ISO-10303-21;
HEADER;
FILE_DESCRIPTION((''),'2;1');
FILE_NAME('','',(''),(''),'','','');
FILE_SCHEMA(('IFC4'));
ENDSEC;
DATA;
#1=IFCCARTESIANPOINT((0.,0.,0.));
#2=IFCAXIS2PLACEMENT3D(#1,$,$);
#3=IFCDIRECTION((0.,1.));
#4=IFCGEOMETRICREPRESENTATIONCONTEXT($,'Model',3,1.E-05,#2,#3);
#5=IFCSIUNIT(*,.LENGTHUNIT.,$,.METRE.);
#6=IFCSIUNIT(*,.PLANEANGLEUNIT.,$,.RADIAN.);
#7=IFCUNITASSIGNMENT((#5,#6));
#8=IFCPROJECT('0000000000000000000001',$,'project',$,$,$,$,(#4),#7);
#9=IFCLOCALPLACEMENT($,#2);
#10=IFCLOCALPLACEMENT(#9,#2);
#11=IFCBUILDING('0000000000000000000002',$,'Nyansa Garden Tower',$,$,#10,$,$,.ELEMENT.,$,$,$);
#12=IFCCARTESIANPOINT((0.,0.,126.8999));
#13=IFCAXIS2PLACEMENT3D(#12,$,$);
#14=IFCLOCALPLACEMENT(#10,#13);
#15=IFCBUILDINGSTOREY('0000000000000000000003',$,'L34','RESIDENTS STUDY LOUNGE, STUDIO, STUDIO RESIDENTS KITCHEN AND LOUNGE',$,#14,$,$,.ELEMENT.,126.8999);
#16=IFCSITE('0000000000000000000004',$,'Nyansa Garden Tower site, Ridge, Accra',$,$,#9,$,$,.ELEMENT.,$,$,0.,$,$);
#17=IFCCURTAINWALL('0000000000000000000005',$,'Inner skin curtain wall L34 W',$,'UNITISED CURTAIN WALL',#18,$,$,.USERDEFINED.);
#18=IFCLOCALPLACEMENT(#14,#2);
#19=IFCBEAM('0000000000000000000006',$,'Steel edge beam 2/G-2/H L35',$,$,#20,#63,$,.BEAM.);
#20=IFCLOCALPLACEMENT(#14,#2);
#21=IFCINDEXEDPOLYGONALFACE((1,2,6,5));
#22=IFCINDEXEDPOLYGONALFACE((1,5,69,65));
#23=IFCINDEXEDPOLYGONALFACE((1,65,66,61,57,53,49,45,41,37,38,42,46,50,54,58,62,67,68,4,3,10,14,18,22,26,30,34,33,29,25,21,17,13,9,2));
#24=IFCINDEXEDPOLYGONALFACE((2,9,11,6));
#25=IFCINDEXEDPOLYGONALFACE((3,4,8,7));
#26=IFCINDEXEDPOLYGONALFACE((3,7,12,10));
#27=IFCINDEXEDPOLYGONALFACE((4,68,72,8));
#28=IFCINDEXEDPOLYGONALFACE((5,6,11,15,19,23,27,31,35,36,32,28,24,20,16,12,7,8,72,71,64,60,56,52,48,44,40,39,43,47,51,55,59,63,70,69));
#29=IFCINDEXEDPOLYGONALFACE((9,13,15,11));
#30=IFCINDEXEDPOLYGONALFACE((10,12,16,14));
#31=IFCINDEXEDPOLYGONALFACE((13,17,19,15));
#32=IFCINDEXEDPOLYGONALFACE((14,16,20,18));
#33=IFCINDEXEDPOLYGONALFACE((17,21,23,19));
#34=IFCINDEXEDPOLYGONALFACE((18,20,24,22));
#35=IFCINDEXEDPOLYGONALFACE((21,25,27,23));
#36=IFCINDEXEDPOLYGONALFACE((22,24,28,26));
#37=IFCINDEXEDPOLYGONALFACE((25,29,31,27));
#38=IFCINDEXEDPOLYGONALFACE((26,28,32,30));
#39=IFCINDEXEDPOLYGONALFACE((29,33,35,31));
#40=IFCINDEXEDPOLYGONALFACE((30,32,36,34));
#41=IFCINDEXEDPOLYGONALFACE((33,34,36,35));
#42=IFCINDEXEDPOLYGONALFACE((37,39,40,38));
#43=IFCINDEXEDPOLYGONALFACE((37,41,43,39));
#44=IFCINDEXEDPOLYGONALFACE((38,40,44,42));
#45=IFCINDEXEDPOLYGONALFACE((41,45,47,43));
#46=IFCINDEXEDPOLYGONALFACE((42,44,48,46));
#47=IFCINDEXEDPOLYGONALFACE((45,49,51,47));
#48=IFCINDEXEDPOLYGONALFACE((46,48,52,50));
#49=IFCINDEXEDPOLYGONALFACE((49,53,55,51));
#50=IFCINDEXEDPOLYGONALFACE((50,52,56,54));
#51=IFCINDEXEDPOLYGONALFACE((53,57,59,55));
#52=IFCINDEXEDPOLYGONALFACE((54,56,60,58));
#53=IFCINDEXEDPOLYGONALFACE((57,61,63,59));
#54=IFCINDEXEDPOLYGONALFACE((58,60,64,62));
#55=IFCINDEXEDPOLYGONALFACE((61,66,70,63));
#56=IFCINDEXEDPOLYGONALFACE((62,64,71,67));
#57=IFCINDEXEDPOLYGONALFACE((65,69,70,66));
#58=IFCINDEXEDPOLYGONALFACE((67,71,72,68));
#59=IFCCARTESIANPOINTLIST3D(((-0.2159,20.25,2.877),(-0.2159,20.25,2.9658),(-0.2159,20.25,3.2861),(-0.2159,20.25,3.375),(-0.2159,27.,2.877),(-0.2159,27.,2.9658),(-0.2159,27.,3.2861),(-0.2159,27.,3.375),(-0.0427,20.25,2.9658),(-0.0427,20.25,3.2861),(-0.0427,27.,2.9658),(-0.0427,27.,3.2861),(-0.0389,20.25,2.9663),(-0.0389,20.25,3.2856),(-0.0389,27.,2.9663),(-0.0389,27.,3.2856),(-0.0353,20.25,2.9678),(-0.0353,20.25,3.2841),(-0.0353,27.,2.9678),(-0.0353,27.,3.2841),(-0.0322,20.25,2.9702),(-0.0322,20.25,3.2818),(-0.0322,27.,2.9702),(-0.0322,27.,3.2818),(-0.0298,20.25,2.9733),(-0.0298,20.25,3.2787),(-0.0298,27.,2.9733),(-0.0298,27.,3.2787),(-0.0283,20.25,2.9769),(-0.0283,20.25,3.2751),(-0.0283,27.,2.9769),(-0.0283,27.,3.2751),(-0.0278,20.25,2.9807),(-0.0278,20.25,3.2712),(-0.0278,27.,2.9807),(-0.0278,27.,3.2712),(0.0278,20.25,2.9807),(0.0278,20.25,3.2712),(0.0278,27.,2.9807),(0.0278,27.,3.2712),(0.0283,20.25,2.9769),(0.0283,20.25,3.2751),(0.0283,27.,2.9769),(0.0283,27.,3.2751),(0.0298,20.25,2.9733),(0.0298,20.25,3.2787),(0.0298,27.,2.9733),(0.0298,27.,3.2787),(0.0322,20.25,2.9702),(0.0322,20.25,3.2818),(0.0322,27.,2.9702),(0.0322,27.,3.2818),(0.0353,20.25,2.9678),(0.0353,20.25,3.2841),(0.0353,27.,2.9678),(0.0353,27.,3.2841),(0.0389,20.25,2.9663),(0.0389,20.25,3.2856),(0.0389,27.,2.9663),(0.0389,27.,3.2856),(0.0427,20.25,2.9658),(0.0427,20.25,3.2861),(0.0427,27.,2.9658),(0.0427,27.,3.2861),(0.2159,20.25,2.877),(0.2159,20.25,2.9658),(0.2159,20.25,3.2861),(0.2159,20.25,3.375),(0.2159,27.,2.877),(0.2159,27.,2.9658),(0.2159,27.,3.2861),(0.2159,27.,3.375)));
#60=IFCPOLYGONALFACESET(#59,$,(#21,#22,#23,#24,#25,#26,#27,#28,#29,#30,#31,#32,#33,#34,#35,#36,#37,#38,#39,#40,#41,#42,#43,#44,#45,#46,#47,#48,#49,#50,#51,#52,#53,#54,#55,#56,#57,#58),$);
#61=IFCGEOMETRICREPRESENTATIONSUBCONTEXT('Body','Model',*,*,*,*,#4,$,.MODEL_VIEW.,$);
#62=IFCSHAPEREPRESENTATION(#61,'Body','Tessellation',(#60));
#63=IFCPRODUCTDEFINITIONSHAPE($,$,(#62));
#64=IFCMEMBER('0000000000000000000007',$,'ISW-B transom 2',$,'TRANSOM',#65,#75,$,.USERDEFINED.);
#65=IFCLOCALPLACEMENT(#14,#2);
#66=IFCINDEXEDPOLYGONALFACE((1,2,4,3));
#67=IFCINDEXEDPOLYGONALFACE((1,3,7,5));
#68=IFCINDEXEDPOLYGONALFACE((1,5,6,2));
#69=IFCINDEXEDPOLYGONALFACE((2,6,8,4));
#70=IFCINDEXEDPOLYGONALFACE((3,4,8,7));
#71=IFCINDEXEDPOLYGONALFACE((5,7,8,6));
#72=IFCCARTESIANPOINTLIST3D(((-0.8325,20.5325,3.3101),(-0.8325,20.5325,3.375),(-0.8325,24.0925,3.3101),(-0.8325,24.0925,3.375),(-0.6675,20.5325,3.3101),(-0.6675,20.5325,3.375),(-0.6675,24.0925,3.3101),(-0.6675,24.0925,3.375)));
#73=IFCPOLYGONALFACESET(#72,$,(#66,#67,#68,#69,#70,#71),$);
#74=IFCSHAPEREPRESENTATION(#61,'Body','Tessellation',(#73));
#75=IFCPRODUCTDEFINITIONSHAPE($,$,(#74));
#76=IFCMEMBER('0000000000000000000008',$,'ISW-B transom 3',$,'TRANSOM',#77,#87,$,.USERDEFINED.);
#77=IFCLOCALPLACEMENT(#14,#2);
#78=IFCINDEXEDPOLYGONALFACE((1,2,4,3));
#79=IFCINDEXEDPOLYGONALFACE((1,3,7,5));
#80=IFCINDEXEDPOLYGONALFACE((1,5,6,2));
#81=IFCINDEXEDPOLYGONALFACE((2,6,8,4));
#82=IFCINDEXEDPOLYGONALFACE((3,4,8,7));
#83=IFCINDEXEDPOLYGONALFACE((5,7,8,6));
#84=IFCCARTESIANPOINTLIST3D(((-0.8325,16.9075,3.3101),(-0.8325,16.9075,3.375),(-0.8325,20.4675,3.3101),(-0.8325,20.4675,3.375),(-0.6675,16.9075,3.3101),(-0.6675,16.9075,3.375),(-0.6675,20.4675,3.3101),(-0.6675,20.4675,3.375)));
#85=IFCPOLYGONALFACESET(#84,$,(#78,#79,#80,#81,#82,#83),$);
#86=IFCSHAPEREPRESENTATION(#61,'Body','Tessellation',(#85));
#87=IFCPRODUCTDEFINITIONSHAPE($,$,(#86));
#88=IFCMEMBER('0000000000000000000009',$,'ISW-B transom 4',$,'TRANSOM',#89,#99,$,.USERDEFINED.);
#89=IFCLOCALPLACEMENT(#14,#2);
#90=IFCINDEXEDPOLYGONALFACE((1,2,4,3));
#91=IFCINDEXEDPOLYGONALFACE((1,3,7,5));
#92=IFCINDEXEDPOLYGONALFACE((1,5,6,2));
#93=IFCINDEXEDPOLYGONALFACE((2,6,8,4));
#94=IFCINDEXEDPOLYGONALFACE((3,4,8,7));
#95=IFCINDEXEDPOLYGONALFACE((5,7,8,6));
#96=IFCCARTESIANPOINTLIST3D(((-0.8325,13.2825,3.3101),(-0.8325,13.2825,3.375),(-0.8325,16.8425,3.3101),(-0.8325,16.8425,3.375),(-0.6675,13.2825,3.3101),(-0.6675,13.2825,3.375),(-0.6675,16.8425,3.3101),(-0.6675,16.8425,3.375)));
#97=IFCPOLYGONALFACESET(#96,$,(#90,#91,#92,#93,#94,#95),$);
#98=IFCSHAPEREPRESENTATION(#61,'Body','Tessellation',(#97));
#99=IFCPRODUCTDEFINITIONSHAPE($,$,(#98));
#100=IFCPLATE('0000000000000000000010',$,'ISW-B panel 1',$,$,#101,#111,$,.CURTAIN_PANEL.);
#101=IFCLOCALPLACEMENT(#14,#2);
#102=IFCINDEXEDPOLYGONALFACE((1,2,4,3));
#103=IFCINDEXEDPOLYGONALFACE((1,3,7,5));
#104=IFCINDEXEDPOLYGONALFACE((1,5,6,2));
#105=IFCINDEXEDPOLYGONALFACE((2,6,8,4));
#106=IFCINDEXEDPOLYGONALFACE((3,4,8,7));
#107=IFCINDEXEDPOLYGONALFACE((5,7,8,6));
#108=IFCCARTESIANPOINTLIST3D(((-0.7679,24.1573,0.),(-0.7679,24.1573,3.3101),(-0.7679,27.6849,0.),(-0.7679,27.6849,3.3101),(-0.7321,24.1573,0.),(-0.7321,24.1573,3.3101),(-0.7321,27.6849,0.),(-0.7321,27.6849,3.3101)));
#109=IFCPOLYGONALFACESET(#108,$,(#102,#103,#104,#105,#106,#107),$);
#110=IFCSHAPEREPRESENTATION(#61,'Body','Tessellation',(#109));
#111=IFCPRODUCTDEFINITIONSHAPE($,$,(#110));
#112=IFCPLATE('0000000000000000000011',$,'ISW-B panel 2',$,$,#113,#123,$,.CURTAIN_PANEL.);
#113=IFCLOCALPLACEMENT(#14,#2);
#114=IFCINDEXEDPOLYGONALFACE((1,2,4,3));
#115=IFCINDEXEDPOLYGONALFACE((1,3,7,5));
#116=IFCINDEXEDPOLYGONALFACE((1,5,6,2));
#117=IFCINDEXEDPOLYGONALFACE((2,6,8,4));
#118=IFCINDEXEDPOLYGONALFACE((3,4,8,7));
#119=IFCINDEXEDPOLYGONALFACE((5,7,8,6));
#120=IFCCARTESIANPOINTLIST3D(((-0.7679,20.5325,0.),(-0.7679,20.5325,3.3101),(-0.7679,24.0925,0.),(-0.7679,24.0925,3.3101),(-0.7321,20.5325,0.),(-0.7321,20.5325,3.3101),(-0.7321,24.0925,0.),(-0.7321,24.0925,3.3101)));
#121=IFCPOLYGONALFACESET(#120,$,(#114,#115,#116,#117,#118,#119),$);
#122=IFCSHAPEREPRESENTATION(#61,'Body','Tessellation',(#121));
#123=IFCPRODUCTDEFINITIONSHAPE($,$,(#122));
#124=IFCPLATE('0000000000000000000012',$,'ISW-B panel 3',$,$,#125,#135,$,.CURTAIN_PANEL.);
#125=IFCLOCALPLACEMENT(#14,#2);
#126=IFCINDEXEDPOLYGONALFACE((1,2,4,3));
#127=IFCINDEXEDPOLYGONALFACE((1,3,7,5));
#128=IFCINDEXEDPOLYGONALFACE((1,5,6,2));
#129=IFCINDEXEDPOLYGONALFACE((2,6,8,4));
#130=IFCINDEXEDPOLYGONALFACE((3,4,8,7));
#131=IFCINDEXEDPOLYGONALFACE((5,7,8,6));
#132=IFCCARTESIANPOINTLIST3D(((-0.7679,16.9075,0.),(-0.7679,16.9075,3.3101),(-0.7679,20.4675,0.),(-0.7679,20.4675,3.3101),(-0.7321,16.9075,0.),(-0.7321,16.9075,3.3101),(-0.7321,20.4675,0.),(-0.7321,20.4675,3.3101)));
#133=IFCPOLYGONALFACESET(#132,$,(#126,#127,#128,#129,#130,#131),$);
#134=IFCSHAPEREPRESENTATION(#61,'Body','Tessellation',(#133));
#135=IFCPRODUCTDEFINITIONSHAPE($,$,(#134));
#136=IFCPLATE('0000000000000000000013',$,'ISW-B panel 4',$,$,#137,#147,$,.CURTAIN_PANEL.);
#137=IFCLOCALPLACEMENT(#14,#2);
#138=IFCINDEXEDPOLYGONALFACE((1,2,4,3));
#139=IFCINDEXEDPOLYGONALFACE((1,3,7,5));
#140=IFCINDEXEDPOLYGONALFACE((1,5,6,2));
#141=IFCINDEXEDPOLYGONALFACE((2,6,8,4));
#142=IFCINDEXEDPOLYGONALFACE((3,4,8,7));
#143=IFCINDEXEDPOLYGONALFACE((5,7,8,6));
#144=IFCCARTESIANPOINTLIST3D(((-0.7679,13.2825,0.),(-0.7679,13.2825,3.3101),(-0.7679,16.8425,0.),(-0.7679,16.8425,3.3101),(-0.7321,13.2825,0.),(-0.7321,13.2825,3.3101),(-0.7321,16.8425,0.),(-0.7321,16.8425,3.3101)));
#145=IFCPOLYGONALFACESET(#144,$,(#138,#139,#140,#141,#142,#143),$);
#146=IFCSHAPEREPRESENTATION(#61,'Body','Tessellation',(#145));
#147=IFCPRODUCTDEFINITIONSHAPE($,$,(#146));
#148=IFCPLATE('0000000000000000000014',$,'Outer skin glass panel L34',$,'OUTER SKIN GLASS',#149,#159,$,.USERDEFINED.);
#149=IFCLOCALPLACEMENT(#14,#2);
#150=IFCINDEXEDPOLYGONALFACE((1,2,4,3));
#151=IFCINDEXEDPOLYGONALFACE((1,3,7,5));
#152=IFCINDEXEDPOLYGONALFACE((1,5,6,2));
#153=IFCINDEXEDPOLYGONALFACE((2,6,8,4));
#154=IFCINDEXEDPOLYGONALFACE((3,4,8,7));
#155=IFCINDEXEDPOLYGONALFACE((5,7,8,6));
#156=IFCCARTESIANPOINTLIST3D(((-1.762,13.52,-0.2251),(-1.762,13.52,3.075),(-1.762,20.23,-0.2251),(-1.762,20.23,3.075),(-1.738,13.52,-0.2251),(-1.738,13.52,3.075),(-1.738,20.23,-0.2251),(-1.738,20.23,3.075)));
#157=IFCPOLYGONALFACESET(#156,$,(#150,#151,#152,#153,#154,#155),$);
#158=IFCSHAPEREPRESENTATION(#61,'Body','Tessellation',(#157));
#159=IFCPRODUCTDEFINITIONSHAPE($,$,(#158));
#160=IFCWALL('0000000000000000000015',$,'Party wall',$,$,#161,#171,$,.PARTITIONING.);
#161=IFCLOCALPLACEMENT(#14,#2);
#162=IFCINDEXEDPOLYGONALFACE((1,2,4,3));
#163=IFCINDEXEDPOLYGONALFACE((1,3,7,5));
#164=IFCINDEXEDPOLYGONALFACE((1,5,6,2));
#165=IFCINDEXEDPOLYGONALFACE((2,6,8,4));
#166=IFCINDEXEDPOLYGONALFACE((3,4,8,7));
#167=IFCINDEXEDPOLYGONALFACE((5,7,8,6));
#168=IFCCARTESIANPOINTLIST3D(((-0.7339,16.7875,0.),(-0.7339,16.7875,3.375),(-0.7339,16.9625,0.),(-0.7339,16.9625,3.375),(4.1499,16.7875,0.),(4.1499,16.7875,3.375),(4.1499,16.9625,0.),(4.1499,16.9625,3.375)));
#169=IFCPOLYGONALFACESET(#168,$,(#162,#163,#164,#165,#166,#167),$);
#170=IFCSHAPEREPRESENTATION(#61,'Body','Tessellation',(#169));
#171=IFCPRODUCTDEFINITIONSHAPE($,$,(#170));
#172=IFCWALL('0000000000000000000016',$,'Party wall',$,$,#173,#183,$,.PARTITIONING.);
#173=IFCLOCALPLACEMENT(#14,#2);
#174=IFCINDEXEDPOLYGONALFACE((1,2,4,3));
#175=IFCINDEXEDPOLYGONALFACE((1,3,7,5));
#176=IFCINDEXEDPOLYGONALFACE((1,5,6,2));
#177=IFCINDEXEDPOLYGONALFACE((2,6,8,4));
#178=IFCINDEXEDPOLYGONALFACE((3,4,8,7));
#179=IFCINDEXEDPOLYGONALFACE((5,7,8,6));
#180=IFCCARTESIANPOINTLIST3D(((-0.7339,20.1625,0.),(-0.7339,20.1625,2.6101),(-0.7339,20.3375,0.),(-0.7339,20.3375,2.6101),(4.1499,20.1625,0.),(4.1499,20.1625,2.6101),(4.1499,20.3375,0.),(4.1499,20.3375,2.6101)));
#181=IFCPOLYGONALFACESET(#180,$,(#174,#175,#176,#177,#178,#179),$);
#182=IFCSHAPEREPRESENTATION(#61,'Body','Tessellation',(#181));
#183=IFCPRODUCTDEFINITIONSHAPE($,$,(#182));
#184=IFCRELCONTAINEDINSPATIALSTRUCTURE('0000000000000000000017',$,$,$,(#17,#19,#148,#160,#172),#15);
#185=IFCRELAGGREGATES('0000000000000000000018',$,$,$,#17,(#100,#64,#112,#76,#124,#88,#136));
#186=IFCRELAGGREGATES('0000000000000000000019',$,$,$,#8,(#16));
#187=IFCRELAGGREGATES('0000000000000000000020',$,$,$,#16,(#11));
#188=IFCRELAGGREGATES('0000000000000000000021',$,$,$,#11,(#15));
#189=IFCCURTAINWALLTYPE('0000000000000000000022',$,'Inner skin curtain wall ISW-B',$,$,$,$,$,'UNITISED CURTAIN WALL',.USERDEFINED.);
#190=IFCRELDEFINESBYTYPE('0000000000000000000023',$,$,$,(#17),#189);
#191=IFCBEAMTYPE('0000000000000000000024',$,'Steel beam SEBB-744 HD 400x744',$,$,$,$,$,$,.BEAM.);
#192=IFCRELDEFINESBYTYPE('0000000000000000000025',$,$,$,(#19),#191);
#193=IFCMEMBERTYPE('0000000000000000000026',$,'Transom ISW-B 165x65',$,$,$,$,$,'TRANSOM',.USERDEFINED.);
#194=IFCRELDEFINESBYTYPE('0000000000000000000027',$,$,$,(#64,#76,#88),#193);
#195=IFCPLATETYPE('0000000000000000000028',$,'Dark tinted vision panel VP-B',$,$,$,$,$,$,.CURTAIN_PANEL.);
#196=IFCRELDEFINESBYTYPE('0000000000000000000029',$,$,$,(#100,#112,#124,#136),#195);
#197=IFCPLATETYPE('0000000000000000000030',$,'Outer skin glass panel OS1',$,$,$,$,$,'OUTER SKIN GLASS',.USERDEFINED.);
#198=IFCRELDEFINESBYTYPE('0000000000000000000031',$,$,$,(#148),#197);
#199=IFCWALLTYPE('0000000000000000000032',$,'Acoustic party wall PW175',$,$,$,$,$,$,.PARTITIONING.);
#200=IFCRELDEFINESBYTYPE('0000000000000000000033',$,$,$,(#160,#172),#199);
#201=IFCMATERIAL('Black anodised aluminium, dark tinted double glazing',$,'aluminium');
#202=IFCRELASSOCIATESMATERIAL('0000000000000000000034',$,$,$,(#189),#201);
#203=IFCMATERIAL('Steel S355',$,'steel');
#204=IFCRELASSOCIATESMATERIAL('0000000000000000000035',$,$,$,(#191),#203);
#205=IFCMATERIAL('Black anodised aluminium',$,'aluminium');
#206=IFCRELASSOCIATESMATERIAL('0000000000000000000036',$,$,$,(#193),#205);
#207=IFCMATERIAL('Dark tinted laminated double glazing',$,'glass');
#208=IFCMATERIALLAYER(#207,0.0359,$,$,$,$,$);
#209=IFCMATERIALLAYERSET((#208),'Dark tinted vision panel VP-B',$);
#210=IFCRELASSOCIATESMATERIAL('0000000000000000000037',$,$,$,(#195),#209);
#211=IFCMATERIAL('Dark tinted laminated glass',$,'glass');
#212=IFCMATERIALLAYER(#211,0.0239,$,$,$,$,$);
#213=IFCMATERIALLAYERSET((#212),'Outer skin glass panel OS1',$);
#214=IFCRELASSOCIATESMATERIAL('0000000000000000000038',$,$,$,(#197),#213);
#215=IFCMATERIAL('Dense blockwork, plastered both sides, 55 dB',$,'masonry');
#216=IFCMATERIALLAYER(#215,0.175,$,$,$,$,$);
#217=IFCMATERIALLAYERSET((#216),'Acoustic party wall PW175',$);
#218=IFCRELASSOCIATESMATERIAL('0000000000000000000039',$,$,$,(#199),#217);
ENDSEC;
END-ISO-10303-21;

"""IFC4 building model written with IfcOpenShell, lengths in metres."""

from ifc_helpers import new_model, si_unit, direction, frame, frame_2d, origin, origin_2d, place, context, subcontext, project, spatial, rectangle, i_section, extrude, material, layer, layer_set, material_profile, profile_set, type_object, element, aggregate, save


model = new_model("IFC4")

# Units and contexts
model_context = context("Model", 3, precision=1e-05, world=origin(), true_north=direction((0.0, 1.0)))
body_context = subcontext(model_context, "Body", "Model", "MODEL_VIEW")
ifc_project = project(units=[si_unit("LENGTHUNIT", "METRE"), si_unit("PLANEANGLEUNIT", "RADIAN")], contexts=[model_context])

# Site, building, storey
site_placement = place(None, origin())
site = spatial("IfcSite", under=ifc_project, at=site_placement, Name="Nyansa Garden Tower site, Ridge, Accra", CompositionType="ELEMENT", RefElevation=0.0)
building_placement = place(site_placement, origin())
building = spatial("IfcBuilding", under=site, at=building_placement, Name="Nyansa Garden Tower", CompositionType="ELEMENT")
storey_placement = place(building_placement, frame((0.0, 0.0, 126.8999)))
storey = spatial("IfcBuildingStorey", under=building, at=storey_placement, Name="L34", Description="RESIDENTS STUDY LOUNGE, STUDIO, STUDIO RESIDENTS KITCHEN AND LOUNGE", CompositionType="ELEMENT", Elevation=126.8999)

# Curtain wall
ifc_material_1 = material(Name="Black anodised aluminium, dark tinted double glazing", Category="aluminium")
curtain_wall_type = type_object("IfcCurtainWallType", Name="Inner skin curtain wall ISW-B", ElementType="UNITISED CURTAIN WALL", PredefinedType="USERDEFINED", material=ifc_material_1)
curtain_wall_placement = place(storey_placement, origin())
curtain_wall = element("IfcCurtainWall", 1, at=curtain_wall_placement, inside=storey, type_object=curtain_wall_type, Name="Inner skin curtain wall L34 W", ObjectType="UNITISED CURTAIN WALL", PredefinedType="USERDEFINED")

# Beam
ifc_material_2 = material(Name="Steel S355", Category="steel")
ifc_material_profile_1 = material_profile(ifc_material_2, i_section(OverallWidth=0.4319, OverallDepth=0.498, WebThickness=0.0557, FlangeThickness=0.0889, FilletRadius=0.0149, at=origin_2d()), Name="HD 400x744")
ifc_profile_set_1 = profile_set([ifc_material_profile_1], Name="Steel S355")
beam_type_1 = type_object("IfcBeamType", Name="Steel beam SEBB-744 HD 400x744", PredefinedType="BEAM", material=ifc_profile_set_1)
beam_1_placement = place(storey_placement, frame((0.0, 20.25, 3.126), z_axis=(0.0, 1.0, 0.0), x_axis=(-1.0, 0.0, 0.0)))
element("IfcBeam", 2, at=beam_1_placement, inside=storey, type_object=beam_type_1, Name="Steel edge beam 2/G-2/H L35", PredefinedType="BEAM", context=body_context, shape_type="SweptSolid", body=[
    extrude(i_section(OverallWidth=0.4319, OverallDepth=0.498, WebThickness=0.0557, FlangeThickness=0.0889, FilletRadius=0.0149, at=origin_2d()), origin(), (0.0, 0.0, 1.0), 6.75),
])

# Members
ifc_material_3 = material(Name="Black anodised aluminium", Category="aluminium")
ifc_material_profile_2 = material_profile(ifc_material_3, rectangle(XDim=0.165, YDim=0.0649, at=origin_2d()), Name="Transom 165x65")
ifc_profile_set_2 = profile_set([ifc_material_profile_2], Name="Black anodised aluminium")
member_type_1 = type_object("IfcMemberType", Name="Transom ISW-B 165x65", ElementType="TRANSOM", PredefinedType="USERDEFINED", material=ifc_profile_set_2)
member_1_placement = place(storey_placement, frame((-0.75, 24.0925, 3.3425), z_axis=(0.0, -1.0, 0.0), x_axis=(1.0, 0.0, 0.0)))
member_1 = element("IfcMember", 3, at=member_1_placement, type_object=member_type_1, Name="ISW-B transom 2", ObjectType="TRANSOM", PredefinedType="USERDEFINED", context=body_context, shape_type="SweptSolid", body=[
    extrude(rectangle(XDim=0.165, YDim=0.0649, at=origin_2d()), origin(), (0.0, 0.0, 1.0), 3.5601),
])
member_2_placement = place(storey_placement, frame((-0.75, 20.4675, 3.3425), z_axis=(0.0, -1.0, 0.0), x_axis=(1.0, 0.0, 0.0)))
member_2 = element("IfcMember", 4, at=member_2_placement, type_object=member_type_1, Name="ISW-B transom 3", ObjectType="TRANSOM", PredefinedType="USERDEFINED", context=body_context, shape_type="SweptSolid", body=[
    extrude(rectangle(XDim=0.165, YDim=0.0649, at=origin_2d()), origin(), (0.0, 0.0, 1.0), 3.5601),
])
member_3_placement = place(storey_placement, frame((-0.75, 16.8425, 3.3425), z_axis=(0.0, -1.0, 0.0), x_axis=(1.0, 0.0, 0.0)))
member_3 = element("IfcMember", 5, at=member_3_placement, type_object=member_type_1, Name="ISW-B transom 4", ObjectType="TRANSOM", PredefinedType="USERDEFINED", context=body_context, shape_type="SweptSolid", body=[
    extrude(rectangle(XDim=0.165, YDim=0.0649, at=origin_2d()), origin(), (0.0, 0.0, 1.0), 3.5601),
])

# Plates
ifc_material_4 = material(Name="Dark tinted laminated double glazing", Category="glass")
ifc_layer_1 = layer(ifc_material_4, 0.0359)
ifc_layer_set_1 = layer_set([ifc_layer_1], Name="Dark tinted vision panel VP-B")
plate_type_1 = type_object("IfcPlateType", Name="Dark tinted vision panel VP-B", PredefinedType="CURTAIN_PANEL", material=ifc_layer_set_1)
plate_1_placement = place(storey_placement, frame((-0.75, 25.9211, 0.0), z_axis=(0.0, 0.0, 1.0), x_axis=(0.0, -1.0, 0.0)))
plate_1 = element("IfcPlate", 6, at=plate_1_placement, type_object=plate_type_1, Name="ISW-B panel 1", PredefinedType="CURTAIN_PANEL", context=body_context, shape_type="SweptSolid", body=[
    extrude(rectangle(XDim=3.5276, YDim=0.0359, at=origin_2d()), origin(), (0.0, 0.0, 1.0), 3.3101),
])
plate_2_placement = place(storey_placement, frame((-0.75, 22.3125, 0.0), z_axis=(0.0, 0.0, 1.0), x_axis=(0.0, -1.0, 0.0)))
plate_2 = element("IfcPlate", 7, at=plate_2_placement, type_object=plate_type_1, Name="ISW-B panel 2", PredefinedType="CURTAIN_PANEL", context=body_context, shape_type="SweptSolid", body=[
    extrude(rectangle(XDim=3.5601, YDim=0.0359, at=origin_2d()), origin(), (0.0, 0.0, 1.0), 3.3101),
])
plate_3_placement = place(storey_placement, frame((-0.75, 18.6875, 0.0), z_axis=(0.0, 0.0, 1.0), x_axis=(0.0, -1.0, 0.0)))
plate_3 = element("IfcPlate", 8, at=plate_3_placement, type_object=plate_type_1, Name="ISW-B panel 3", PredefinedType="CURTAIN_PANEL", context=body_context, shape_type="SweptSolid", body=[
    extrude(rectangle(XDim=3.5601, YDim=0.0359, at=origin_2d()), origin(), (0.0, 0.0, 1.0), 3.3101),
])
plate_4_placement = place(storey_placement, frame((-0.75, 15.0625, 0.0), z_axis=(0.0, 0.0, 1.0), x_axis=(0.0, -1.0, 0.0)))
plate_4 = element("IfcPlate", 9, at=plate_4_placement, type_object=plate_type_1, Name="ISW-B panel 4", PredefinedType="CURTAIN_PANEL", context=body_context, shape_type="SweptSolid", body=[
    extrude(rectangle(XDim=3.5601, YDim=0.0359, at=origin_2d()), origin(), (0.0, 0.0, 1.0), 3.3101),
])
aggregate(curtain_wall, [plate_1, member_1, plate_2, member_2, plate_3, member_3, plate_4])
ifc_material_5 = material(Name="Dark tinted laminated glass", Category="glass")
ifc_layer_2 = layer(ifc_material_5, 0.0239)
ifc_layer_set_2 = layer_set([ifc_layer_2], Name="Outer skin glass panel OS1")
plate_type_2 = type_object("IfcPlateType", Name="Outer skin glass panel OS1", ElementType="OUTER SKIN GLASS", PredefinedType="USERDEFINED", material=ifc_layer_set_2)
plate_5_placement = place(storey_placement, frame((-1.75, 16.875, -0.2251), z_axis=(0.0, 0.0, 1.0), x_axis=(0.0, 1.0, 0.0)))
element("IfcPlate", 10, at=plate_5_placement, inside=storey, type_object=plate_type_2, Name="Outer skin glass panel L34", ObjectType="OUTER SKIN GLASS", PredefinedType="USERDEFINED", context=body_context, shape_type="SweptSolid", body=[
    extrude(rectangle(XDim=6.71, YDim=0.0239, at=origin_2d()), origin(), (0.0, 0.0, 1.0), 3.3),
])

# Walls
ifc_material_6 = material(Name="Dense blockwork, plastered both sides, 55 dB", Category="masonry")
ifc_layer_3 = layer(ifc_material_6, 0.175)
ifc_layer_set_3 = layer_set([ifc_layer_3], Name="Acoustic party wall PW175")
wall_type_1 = type_object("IfcWallType", Name="Acoustic party wall PW175", PredefinedType="PARTITIONING", material=ifc_layer_set_3)
wall_1_placement = place(storey_placement, frame((-0.7339, 16.875, 0.0), z_axis=(0.0, 0.0, 1.0), x_axis=(1.0, 0.0, 0.0)))
element("IfcWall", 11, at=wall_1_placement, inside=storey, type_object=wall_type_1, Name="Party wall", PredefinedType="PARTITIONING", context=body_context, shape_type="SweptSolid", body=[
    extrude(rectangle(XDim=4.8838, YDim=0.175, at=frame_2d((2.4419, 0.0))), origin(), (0.0, 0.0, 1.0), 3.375),
])
wall_2_placement = place(storey_placement, frame((-0.7339, 20.25, 0.0), z_axis=(0.0, 0.0, 1.0), x_axis=(1.0, 0.0, 0.0)))
element("IfcWall", 12, at=wall_2_placement, inside=storey, type_object=wall_type_1, Name="Party wall", PredefinedType="PARTITIONING", context=body_context, shape_type="SweptSolid", body=[
    extrude(rectangle(XDim=4.8838, YDim=0.175, at=frame_2d((2.4419, 0.0))), origin(), (0.0, 0.0, 1.0), 2.6101),
])

save(model, "model.ifc")
